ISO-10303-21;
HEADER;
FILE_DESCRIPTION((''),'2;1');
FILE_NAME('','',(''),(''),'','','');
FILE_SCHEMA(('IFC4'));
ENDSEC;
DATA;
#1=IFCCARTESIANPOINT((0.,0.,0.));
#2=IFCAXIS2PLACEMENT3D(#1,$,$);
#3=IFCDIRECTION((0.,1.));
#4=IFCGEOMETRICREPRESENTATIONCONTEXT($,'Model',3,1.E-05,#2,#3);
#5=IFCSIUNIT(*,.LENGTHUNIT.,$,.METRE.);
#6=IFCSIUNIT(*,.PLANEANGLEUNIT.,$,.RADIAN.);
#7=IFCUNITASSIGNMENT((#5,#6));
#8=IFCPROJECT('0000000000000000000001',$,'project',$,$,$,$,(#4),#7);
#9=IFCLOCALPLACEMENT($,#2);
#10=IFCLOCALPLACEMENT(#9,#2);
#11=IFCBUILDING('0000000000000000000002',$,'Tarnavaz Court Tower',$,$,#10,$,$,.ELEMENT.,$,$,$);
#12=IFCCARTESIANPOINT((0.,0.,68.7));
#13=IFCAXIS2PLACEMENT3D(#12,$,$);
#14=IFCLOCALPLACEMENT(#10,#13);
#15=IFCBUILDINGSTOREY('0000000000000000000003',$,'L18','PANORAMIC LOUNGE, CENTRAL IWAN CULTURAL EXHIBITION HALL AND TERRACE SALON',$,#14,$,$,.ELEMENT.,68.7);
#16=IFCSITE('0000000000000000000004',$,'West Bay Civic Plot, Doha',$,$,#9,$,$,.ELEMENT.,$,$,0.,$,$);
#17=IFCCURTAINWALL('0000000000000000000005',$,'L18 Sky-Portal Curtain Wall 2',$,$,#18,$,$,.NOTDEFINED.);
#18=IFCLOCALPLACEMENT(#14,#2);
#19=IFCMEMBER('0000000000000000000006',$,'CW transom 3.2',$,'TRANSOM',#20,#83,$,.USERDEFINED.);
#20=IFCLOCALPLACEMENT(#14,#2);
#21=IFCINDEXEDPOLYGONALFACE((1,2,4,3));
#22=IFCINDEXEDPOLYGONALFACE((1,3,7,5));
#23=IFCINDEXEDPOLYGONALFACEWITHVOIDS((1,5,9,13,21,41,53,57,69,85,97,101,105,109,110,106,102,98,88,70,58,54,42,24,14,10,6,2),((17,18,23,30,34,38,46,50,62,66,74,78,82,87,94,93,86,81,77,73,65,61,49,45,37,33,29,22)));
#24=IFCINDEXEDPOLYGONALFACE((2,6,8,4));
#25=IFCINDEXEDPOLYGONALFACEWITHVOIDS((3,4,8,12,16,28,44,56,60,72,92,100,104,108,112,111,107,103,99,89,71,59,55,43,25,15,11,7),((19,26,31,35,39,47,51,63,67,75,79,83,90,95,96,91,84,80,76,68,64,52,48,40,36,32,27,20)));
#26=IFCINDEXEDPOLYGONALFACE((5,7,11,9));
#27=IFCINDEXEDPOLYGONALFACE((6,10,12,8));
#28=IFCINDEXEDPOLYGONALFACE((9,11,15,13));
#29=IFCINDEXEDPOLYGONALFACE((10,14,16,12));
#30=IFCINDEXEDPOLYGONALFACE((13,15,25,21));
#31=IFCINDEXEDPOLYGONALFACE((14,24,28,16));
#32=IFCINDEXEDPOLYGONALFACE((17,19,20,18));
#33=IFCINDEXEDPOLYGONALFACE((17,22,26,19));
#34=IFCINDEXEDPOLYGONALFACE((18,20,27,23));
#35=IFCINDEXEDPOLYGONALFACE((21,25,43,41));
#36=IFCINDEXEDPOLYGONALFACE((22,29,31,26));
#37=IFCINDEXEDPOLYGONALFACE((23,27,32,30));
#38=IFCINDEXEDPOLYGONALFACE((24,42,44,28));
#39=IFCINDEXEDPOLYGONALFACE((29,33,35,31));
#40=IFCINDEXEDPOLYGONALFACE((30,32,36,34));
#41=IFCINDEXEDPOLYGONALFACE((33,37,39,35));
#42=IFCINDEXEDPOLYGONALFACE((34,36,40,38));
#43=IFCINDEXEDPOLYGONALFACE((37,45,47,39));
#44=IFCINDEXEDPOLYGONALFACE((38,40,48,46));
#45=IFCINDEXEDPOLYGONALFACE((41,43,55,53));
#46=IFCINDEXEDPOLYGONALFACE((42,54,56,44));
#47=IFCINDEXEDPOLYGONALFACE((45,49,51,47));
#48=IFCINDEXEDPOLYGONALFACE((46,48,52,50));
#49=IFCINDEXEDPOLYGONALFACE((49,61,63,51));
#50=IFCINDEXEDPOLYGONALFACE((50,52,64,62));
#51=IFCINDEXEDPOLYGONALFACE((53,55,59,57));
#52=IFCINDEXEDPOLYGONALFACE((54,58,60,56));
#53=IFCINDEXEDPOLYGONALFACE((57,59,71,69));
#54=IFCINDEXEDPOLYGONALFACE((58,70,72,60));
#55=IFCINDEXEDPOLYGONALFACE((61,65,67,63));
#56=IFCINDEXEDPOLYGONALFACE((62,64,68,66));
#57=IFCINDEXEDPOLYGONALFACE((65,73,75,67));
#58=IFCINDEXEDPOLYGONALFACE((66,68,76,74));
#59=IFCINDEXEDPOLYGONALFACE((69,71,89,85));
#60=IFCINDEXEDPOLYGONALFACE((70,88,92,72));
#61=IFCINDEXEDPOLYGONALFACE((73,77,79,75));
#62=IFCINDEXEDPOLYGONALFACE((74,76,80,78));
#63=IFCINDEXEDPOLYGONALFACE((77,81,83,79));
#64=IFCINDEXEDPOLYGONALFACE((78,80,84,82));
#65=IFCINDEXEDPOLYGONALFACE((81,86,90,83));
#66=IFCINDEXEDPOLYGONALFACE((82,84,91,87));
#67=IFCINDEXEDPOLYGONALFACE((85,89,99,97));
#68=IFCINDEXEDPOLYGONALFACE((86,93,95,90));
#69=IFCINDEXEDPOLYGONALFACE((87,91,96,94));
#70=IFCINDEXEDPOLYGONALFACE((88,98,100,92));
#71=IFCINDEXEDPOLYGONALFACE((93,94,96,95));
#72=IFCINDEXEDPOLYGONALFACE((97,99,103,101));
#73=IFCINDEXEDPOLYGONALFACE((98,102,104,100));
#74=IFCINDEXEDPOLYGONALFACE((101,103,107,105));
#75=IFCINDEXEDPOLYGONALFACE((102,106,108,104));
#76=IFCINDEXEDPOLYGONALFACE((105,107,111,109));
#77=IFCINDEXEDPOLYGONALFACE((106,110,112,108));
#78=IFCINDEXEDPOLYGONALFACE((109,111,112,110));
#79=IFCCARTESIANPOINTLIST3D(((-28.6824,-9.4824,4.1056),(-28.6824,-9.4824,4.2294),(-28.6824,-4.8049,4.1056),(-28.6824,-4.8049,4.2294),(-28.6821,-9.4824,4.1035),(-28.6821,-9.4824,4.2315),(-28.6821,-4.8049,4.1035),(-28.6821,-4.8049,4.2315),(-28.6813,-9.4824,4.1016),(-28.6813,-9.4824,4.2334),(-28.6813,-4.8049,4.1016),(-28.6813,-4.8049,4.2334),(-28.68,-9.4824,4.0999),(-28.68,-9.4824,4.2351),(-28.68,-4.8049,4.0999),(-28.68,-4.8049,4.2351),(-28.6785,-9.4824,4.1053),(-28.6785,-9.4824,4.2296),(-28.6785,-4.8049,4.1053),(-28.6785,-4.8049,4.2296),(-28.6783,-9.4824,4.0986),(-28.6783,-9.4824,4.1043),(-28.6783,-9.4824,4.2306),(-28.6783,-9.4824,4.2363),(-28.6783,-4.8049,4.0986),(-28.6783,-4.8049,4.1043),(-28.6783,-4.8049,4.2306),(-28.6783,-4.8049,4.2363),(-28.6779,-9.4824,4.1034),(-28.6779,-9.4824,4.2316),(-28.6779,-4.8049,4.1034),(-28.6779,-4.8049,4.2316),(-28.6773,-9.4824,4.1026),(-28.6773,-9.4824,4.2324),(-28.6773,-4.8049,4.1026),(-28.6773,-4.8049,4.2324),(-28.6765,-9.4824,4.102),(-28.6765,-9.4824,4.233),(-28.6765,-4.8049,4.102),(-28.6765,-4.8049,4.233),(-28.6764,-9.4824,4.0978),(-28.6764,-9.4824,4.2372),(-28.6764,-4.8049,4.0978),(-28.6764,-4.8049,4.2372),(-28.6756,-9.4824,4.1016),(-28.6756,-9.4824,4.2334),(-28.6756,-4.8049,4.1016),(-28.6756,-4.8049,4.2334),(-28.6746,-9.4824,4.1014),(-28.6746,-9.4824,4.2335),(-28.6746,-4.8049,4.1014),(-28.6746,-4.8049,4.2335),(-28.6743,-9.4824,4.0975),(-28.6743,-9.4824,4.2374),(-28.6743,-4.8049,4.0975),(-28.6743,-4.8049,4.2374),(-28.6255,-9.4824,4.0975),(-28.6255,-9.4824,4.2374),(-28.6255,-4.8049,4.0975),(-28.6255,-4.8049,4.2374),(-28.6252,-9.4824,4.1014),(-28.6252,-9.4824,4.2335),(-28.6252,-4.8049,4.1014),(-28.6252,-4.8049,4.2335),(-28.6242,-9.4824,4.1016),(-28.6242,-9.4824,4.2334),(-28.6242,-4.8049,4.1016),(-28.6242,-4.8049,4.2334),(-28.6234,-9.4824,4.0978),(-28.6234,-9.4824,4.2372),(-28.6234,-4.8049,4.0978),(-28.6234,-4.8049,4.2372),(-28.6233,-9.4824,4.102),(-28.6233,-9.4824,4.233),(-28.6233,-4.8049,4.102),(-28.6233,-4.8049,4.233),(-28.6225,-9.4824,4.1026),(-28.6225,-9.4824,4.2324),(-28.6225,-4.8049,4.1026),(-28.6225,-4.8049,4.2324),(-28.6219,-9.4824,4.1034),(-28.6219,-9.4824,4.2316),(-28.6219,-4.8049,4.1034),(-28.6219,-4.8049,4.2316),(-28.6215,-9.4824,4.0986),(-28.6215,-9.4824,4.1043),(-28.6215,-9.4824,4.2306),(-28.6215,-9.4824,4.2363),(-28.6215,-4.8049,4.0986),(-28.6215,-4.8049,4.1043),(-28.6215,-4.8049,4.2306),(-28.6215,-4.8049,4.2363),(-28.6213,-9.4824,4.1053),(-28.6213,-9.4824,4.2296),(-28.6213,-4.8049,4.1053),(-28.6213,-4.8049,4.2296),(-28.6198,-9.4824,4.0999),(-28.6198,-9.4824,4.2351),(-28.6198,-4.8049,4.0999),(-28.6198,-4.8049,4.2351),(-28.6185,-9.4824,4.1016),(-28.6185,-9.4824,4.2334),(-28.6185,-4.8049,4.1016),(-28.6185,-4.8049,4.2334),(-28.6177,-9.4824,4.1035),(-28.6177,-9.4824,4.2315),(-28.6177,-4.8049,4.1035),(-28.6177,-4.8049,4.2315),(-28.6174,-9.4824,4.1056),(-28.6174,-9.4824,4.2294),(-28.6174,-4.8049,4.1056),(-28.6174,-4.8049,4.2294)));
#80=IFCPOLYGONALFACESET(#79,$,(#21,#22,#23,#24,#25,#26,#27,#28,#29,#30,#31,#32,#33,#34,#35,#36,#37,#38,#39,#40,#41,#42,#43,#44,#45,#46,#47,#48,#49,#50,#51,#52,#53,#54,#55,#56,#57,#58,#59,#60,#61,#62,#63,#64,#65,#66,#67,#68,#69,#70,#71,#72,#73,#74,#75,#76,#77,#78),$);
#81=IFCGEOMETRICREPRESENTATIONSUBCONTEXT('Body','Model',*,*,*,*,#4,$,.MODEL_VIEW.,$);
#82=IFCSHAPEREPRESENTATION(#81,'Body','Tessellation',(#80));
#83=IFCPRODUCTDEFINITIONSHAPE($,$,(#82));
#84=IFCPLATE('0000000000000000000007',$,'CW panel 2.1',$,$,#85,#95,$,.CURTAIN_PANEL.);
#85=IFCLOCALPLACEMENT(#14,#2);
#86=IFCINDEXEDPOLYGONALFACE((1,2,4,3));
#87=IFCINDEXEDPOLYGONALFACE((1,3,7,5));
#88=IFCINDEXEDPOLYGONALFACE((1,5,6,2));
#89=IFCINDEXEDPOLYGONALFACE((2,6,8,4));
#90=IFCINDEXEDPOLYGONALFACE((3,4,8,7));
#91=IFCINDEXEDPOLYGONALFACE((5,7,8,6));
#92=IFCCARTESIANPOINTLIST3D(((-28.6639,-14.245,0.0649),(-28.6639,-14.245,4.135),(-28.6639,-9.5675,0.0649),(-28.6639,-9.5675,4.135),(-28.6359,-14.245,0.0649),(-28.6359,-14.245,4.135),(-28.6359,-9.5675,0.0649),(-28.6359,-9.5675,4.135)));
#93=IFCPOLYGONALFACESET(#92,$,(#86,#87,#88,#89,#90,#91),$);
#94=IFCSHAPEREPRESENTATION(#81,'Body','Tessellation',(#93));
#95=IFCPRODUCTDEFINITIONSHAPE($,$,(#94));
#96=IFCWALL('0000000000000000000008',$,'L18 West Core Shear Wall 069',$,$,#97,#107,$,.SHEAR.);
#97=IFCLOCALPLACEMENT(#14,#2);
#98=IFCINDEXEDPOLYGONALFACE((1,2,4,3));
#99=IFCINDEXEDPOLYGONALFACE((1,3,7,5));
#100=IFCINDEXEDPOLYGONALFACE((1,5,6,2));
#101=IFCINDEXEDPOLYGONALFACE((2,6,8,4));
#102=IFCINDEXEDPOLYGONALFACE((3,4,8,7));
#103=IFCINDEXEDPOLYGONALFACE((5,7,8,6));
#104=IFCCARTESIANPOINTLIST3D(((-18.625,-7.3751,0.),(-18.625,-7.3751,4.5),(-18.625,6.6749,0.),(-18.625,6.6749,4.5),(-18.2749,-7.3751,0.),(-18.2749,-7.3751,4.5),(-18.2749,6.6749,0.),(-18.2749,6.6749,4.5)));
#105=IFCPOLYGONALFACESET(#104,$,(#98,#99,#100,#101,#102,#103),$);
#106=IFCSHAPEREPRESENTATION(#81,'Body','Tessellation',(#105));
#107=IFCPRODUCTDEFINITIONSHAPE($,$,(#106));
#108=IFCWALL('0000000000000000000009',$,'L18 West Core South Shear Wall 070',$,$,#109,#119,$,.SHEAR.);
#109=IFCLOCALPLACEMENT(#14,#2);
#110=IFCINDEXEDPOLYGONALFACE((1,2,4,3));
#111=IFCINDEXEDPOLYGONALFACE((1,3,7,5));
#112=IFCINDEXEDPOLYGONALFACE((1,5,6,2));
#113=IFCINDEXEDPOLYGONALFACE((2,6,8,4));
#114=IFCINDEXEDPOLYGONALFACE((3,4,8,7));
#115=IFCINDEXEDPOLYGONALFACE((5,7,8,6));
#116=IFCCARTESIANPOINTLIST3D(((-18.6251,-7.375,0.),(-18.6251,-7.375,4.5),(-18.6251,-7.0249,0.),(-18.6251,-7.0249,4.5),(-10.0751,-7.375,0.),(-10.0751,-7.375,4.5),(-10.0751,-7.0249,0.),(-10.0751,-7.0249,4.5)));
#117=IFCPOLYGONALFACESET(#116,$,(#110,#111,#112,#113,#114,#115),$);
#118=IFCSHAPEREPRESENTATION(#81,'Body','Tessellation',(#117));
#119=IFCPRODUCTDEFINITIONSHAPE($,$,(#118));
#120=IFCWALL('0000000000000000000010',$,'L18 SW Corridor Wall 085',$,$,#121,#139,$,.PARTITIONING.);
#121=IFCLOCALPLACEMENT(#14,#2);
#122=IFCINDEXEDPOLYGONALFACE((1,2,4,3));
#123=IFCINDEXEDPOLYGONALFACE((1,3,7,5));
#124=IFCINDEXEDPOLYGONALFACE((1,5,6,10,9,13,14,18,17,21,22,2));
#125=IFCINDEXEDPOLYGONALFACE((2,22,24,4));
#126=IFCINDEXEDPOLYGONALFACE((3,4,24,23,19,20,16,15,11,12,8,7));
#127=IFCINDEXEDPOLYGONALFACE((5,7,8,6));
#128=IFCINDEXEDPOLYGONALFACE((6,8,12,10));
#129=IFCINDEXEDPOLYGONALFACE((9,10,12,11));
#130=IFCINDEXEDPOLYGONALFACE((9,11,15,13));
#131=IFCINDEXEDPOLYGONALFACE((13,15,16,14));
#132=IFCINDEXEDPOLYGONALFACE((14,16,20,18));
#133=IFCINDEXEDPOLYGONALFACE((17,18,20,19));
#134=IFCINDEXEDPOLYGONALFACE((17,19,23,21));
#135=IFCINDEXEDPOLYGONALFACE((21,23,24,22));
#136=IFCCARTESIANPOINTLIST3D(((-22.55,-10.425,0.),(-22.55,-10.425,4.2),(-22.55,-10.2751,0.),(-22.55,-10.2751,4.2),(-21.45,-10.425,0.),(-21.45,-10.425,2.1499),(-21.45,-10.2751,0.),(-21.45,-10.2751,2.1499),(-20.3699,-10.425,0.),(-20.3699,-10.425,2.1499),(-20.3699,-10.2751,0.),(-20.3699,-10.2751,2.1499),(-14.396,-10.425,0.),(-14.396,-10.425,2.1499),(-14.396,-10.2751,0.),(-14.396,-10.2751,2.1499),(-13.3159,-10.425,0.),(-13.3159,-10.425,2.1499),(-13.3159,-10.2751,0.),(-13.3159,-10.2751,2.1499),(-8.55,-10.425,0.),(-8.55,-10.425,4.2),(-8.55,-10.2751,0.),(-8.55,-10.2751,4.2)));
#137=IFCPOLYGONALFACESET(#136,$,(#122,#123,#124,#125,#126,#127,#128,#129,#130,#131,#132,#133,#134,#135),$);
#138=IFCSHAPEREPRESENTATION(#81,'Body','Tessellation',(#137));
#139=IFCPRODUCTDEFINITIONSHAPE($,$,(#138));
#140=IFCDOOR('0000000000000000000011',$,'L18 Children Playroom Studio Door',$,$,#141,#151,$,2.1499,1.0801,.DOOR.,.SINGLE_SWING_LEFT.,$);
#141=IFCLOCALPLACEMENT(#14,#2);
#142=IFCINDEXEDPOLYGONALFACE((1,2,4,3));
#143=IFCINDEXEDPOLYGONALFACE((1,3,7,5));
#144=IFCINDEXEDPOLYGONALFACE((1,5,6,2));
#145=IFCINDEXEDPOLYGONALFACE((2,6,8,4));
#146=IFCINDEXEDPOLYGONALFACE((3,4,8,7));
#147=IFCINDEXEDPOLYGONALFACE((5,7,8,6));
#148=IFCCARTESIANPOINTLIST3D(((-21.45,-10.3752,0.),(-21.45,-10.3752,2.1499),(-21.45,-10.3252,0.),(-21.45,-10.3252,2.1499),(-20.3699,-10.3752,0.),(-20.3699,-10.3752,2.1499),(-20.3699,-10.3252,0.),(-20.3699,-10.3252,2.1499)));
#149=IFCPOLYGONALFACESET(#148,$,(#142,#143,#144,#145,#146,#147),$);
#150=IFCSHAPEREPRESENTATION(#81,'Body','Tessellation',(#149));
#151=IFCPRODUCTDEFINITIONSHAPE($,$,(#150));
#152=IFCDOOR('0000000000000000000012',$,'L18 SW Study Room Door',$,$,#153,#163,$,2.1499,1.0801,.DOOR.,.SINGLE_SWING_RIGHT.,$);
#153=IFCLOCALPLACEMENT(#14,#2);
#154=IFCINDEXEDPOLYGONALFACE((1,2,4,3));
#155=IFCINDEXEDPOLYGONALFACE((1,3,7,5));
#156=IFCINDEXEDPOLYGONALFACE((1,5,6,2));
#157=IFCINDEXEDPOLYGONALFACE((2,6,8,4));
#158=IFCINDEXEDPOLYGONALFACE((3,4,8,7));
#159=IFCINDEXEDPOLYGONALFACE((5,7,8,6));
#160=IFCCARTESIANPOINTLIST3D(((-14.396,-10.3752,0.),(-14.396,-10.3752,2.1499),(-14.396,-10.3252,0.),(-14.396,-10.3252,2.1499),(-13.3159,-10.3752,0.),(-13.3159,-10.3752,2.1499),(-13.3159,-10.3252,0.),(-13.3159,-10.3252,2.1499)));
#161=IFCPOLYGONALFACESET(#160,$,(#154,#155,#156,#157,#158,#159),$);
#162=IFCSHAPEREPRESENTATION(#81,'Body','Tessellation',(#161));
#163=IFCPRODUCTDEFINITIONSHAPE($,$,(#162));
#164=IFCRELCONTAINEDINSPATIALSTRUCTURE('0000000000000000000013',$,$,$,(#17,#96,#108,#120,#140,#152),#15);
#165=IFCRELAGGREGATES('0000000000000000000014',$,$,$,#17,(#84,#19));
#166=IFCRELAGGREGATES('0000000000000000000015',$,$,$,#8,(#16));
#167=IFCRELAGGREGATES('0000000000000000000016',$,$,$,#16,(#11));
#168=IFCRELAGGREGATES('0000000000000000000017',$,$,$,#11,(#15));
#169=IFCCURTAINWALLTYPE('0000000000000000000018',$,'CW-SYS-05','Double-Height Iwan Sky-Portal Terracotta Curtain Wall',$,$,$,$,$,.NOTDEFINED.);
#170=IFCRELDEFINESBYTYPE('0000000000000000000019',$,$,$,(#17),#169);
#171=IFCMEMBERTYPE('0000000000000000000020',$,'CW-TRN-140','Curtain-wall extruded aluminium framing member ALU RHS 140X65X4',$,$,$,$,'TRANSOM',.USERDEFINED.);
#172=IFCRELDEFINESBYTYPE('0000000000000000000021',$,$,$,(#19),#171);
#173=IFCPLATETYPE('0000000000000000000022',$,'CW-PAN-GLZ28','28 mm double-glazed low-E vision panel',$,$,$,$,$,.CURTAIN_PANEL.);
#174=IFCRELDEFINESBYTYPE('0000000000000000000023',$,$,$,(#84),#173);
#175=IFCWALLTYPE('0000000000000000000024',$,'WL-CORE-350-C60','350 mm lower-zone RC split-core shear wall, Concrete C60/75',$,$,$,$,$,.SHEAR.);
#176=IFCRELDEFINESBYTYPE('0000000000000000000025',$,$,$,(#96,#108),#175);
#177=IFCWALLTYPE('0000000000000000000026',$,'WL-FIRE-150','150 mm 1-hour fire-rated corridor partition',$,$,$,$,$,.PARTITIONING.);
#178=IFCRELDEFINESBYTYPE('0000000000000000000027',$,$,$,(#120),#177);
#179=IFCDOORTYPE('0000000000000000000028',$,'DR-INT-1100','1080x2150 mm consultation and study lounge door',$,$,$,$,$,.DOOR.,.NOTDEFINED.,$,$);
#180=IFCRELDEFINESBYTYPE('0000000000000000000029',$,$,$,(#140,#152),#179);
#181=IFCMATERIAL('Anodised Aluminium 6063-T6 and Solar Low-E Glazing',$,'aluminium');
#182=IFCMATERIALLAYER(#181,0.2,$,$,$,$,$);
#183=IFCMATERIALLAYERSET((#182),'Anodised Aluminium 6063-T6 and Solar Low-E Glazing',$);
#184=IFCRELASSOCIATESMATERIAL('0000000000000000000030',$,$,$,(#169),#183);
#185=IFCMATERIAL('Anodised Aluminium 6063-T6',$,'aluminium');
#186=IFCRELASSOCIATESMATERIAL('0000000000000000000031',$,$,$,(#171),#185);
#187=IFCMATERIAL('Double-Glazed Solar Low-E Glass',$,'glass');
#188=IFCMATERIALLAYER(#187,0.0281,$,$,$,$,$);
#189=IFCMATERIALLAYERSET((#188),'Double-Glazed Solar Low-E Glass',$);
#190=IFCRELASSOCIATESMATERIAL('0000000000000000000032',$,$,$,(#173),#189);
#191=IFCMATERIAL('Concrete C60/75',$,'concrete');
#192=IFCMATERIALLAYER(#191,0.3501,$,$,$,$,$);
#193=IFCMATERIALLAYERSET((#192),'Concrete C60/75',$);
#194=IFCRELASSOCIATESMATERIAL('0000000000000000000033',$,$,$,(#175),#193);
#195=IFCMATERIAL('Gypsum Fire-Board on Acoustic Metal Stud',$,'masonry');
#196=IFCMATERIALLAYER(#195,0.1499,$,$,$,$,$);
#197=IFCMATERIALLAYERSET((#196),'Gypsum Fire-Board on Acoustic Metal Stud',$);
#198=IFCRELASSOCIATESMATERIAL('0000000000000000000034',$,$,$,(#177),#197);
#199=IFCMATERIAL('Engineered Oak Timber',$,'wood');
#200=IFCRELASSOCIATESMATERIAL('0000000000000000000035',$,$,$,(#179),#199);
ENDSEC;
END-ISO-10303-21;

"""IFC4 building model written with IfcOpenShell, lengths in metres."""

from ifc_helpers import new_model, si_unit, direction, frame, frame_2d, origin, origin_2d, place, context, subcontext, project, spatial, rectangle, hollow_rectangle, extrude, material, layer, layer_set, material_profile, profile_set, type_object, element, fill, aggregate, save


model = new_model("IFC4")

# Units and contexts
model_context = context("Model", 3, precision=1e-05, world=origin(), true_north=direction((0.0, 1.0)))
body_context = subcontext(model_context, "Body", "Model", "MODEL_VIEW")
ifc_project = project(units=[si_unit("LENGTHUNIT", "METRE"), si_unit("PLANEANGLEUNIT", "RADIAN")], contexts=[model_context])

# Site, building, storey
site_placement = place(None, origin())
site = spatial("IfcSite", under=ifc_project, at=site_placement, Name="West Bay Civic Plot, Doha", CompositionType="ELEMENT", RefElevation=0.0)
building_placement = place(site_placement, origin())
building = spatial("IfcBuilding", under=site, at=building_placement, Name="Tarnavaz Court Tower", CompositionType="ELEMENT")
storey_placement = place(building_placement, frame((0.0, 0.0, 68.7)))
storey = spatial("IfcBuildingStorey", under=building, at=storey_placement, Name="L18", Description="PANORAMIC LOUNGE, CENTRAL IWAN CULTURAL EXHIBITION HALL AND TERRACE SALON", CompositionType="ELEMENT", Elevation=68.7)

# Shared definitions
ifc_material_1 = material(Name="Concrete C60/75", Category="concrete")

# Curtain wall, member, plate
ifc_material_2 = material(Name="Anodised Aluminium 6063-T6 and Solar Low-E Glazing", Category="aluminium")
ifc_layer_1 = layer(ifc_material_2, 0.2)
ifc_layer_set_1 = layer_set([ifc_layer_1], Name="Anodised Aluminium 6063-T6 and Solar Low-E Glazing")
curtain_wall_type = type_object("IfcCurtainWallType", Name="CW-SYS-05", Description="Double-Height Iwan Sky-Portal Terracotta Curtain Wall", PredefinedType="NOTDEFINED", material=ifc_layer_set_1)
curtain_wall_placement = place(storey_placement, origin())
curtain_wall = element("IfcCurtainWall", 1, at=curtain_wall_placement, inside=storey, type_object=curtain_wall_type, Name="L18 Sky-Portal Curtain Wall 2", PredefinedType="NOTDEFINED")
ifc_material_3 = material(Name="Anodised Aluminium 6063-T6", Category="aluminium")
ifc_material_profile_1 = material_profile(ifc_material_3, hollow_rectangle(XDim=0.0649, YDim=0.1399, WallThickness=0.0039, InnerFilletRadius=0.0039, OuterFilletRadius=0.0081, at=origin_2d()), Name="ALU RHS 140X65X4")
ifc_profile_set_1 = profile_set([ifc_material_profile_1], Name="Anodised Aluminium 6063-T6")
member_type_1 = type_object("IfcMemberType", Name="CW-TRN-140", Description="Curtain-wall extruded aluminium framing member ALU RHS 140X65X4", ElementType="TRANSOM", PredefinedType="USERDEFINED", material=ifc_profile_set_1)
member_1_placement = place(storey_placement, frame((-28.6499, -9.4824, 4.1675), z_axis=(0.0, 1.0, 0.0), x_axis=(-1.0, 0.0, 0.0)))
member_1 = element("IfcMember", 2, at=member_1_placement, type_object=member_type_1, Name="CW transom 3.2", ObjectType="TRANSOM", PredefinedType="USERDEFINED", context=body_context, shape_type="SweptSolid", body=[
    extrude(hollow_rectangle(XDim=0.0649, YDim=0.1399, WallThickness=0.0039, InnerFilletRadius=0.0039, OuterFilletRadius=0.0081, at=origin_2d()), origin(), (0.0, 0.0, 1.0), 4.6775),
])
ifc_material_4 = material(Name="Double-Glazed Solar Low-E Glass", Category="glass")
ifc_layer_2 = layer(ifc_material_4, 0.0281)
ifc_layer_set_2 = layer_set([ifc_layer_2], Name="Double-Glazed Solar Low-E Glass")
plate_type = type_object("IfcPlateType", Name="CW-PAN-GLZ28", Description="28 mm double-glazed low-E vision panel", PredefinedType="CURTAIN_PANEL", material=ifc_layer_set_2)
plate_placement = place(storey_placement, frame((-28.6499, -11.9062, 0.0649), z_axis=(0.0, 0.0, 1.0), x_axis=(0.0, 1.0, 0.0)))
plate = element("IfcPlate", 3, at=plate_placement, type_object=plate_type, Name="CW panel 2.1", PredefinedType="CURTAIN_PANEL", context=body_context, shape_type="SweptSolid", body=[
    extrude(rectangle(XDim=4.6775, YDim=0.0281, at=origin_2d()), origin(), (0.0, 0.0, 1.0), 4.0701),
])
aggregate(curtain_wall, [plate, member_1])

# Walls
ifc_layer_3 = layer(ifc_material_1, 0.3501)
ifc_layer_set_3 = layer_set([ifc_layer_3], Name="Concrete C60/75")
wall_type_1 = type_object("IfcWallType", Name="WL-CORE-350-C60", Description="350 mm lower-zone RC split-core shear wall, Concrete C60/75", PredefinedType="SHEAR", material=ifc_layer_set_3)
wall_1_placement = place(storey_placement, frame((-18.45, -7.375, 0.0), z_axis=(0.0, 0.0, 1.0), x_axis=(0.0, 1.0, 0.0)))
element("IfcWall", 4, at=wall_1_placement, inside=storey, type_object=wall_type_1, Name="L18 West Core Shear Wall 069", PredefinedType="SHEAR", context=body_context, shape_type="SweptSolid", body=[
    extrude(rectangle(XDim=14.05, YDim=0.3501, at=frame_2d((7.0249, 0.0))), origin(), (0.0, 0.0, 1.0), 4.5),
])
wall_2_placement = place(storey_placement, frame((-18.625, -7.2, 0.0), z_axis=(0.0, 0.0, 1.0), x_axis=(1.0, 0.0, 0.0)))
element("IfcWall", 5, at=wall_2_placement, inside=storey, type_object=wall_type_1, Name="L18 West Core South Shear Wall 070", PredefinedType="SHEAR", context=body_context, shape_type="SweptSolid", body=[
    extrude(rectangle(XDim=8.55, YDim=0.3501, at=frame_2d((4.2749, 0.0))), origin(), (0.0, 0.0, 1.0), 4.5),
])

# Wall, openings, doors
ifc_material_5 = material(Name="Gypsum Fire-Board on Acoustic Metal Stud", Category="masonry")
ifc_layer_4 = layer(ifc_material_5, 0.1499)
ifc_layer_set_4 = layer_set([ifc_layer_4], Name="Gypsum Fire-Board on Acoustic Metal Stud")
wall_type_2 = type_object("IfcWallType", Name="WL-FIRE-150", Description="150 mm 1-hour fire-rated corridor partition", PredefinedType="PARTITIONING", material=ifc_layer_set_4)
wall_3_placement = place(storey_placement, frame((-22.55, -10.3501, 0.0), z_axis=(0.0, 0.0, 1.0), x_axis=(1.0, 0.0, 0.0)))
wall_3 = element("IfcWall", 6, at=wall_3_placement, inside=storey, type_object=wall_type_2, Name="L18 SW Corridor Wall 085", PredefinedType="PARTITIONING", context=body_context, shape_type="SweptSolid", body=[
    extrude(rectangle(XDim=14.0, YDim=0.1499, at=frame_2d((7.0, 0.0))), origin(), (0.0, 0.0, 1.0), 4.2),
])
opening_1_placement = place(wall_3_placement, frame((1.1001, 0.0, 0.0)))
opening_1 = element("IfcOpeningElement", 7, at=opening_1_placement, cuts=wall_3, PredefinedType="OPENING", context=body_context, shape_type="SweptSolid", body=[
    extrude(rectangle(XDim=1.0801, YDim=2.1499, at=frame_2d((0.54, 1.075))), frame((0.0, 0.085, 0.0), z_axis=(0.0, -1.0, 0.0), x_axis=(1.0, 0.0, 0.0)), (0.0, 0.0, 1.0), 0.1699),
])
opening_2_placement = place(wall_3_placement, frame((8.1541, 0.0, 0.0)))
opening_2 = element("IfcOpeningElement", 8, at=opening_2_placement, cuts=wall_3, PredefinedType="OPENING", context=body_context, shape_type="SweptSolid", body=[
    extrude(rectangle(XDim=1.0801, YDim=2.1499, at=frame_2d((0.54, 1.075))), frame((0.0, 0.085, 0.0), z_axis=(0.0, -1.0, 0.0), x_axis=(1.0, 0.0, 0.0)), (0.0, 0.0, 1.0), 0.1699),
])
ifc_material_6 = material(Name="Engineered Oak Timber", Category="wood")
door_type_1 = type_object("IfcDoorType", Name="DR-INT-1100", Description="1080x2150 mm consultation and study lounge door", OperationType="NOTDEFINED", PredefinedType="DOOR", material=ifc_material_6)
door_1_placement = place(opening_1_placement, origin())
door_1 = element("IfcDoor", 9, at=door_1_placement, inside=storey, type_object=door_type_1, Name="L18 Children Playroom Studio Door", OperationType="SINGLE_SWING_LEFT", OverallHeight=2.1499, OverallWidth=1.0801, PredefinedType="DOOR", context=body_context, shape_type="SweptSolid", body=[
    extrude(rectangle(XDim=1.0801, YDim=2.1499, at=frame_2d((0.54, 1.075))), frame((0.0, 0.0249, 0.0), z_axis=(0.0, -1.0, 0.0), x_axis=(1.0, 0.0, 0.0)), (0.0, 0.0, 1.0), 0.05),
])
fill(opening_1, door_1)
door_2_placement = place(opening_2_placement, origin())
door_2 = element("IfcDoor", 10, at=door_2_placement, inside=storey, type_object=door_type_1, Name="L18 SW Study Room Door", OperationType="SINGLE_SWING_RIGHT", OverallHeight=2.1499, OverallWidth=1.0801, PredefinedType="DOOR", context=body_context, shape_type="SweptSolid", body=[
    extrude(rectangle(XDim=1.0801, YDim=2.1499, at=frame_2d((0.54, 1.075))), frame((0.0, 0.0249, 0.0), z_axis=(0.0, -1.0, 0.0), x_axis=(1.0, 0.0, 0.0)), (0.0, 0.0, 1.0), 0.05),
])
fill(opening_2, door_2)

save(model, "model.ifc")
